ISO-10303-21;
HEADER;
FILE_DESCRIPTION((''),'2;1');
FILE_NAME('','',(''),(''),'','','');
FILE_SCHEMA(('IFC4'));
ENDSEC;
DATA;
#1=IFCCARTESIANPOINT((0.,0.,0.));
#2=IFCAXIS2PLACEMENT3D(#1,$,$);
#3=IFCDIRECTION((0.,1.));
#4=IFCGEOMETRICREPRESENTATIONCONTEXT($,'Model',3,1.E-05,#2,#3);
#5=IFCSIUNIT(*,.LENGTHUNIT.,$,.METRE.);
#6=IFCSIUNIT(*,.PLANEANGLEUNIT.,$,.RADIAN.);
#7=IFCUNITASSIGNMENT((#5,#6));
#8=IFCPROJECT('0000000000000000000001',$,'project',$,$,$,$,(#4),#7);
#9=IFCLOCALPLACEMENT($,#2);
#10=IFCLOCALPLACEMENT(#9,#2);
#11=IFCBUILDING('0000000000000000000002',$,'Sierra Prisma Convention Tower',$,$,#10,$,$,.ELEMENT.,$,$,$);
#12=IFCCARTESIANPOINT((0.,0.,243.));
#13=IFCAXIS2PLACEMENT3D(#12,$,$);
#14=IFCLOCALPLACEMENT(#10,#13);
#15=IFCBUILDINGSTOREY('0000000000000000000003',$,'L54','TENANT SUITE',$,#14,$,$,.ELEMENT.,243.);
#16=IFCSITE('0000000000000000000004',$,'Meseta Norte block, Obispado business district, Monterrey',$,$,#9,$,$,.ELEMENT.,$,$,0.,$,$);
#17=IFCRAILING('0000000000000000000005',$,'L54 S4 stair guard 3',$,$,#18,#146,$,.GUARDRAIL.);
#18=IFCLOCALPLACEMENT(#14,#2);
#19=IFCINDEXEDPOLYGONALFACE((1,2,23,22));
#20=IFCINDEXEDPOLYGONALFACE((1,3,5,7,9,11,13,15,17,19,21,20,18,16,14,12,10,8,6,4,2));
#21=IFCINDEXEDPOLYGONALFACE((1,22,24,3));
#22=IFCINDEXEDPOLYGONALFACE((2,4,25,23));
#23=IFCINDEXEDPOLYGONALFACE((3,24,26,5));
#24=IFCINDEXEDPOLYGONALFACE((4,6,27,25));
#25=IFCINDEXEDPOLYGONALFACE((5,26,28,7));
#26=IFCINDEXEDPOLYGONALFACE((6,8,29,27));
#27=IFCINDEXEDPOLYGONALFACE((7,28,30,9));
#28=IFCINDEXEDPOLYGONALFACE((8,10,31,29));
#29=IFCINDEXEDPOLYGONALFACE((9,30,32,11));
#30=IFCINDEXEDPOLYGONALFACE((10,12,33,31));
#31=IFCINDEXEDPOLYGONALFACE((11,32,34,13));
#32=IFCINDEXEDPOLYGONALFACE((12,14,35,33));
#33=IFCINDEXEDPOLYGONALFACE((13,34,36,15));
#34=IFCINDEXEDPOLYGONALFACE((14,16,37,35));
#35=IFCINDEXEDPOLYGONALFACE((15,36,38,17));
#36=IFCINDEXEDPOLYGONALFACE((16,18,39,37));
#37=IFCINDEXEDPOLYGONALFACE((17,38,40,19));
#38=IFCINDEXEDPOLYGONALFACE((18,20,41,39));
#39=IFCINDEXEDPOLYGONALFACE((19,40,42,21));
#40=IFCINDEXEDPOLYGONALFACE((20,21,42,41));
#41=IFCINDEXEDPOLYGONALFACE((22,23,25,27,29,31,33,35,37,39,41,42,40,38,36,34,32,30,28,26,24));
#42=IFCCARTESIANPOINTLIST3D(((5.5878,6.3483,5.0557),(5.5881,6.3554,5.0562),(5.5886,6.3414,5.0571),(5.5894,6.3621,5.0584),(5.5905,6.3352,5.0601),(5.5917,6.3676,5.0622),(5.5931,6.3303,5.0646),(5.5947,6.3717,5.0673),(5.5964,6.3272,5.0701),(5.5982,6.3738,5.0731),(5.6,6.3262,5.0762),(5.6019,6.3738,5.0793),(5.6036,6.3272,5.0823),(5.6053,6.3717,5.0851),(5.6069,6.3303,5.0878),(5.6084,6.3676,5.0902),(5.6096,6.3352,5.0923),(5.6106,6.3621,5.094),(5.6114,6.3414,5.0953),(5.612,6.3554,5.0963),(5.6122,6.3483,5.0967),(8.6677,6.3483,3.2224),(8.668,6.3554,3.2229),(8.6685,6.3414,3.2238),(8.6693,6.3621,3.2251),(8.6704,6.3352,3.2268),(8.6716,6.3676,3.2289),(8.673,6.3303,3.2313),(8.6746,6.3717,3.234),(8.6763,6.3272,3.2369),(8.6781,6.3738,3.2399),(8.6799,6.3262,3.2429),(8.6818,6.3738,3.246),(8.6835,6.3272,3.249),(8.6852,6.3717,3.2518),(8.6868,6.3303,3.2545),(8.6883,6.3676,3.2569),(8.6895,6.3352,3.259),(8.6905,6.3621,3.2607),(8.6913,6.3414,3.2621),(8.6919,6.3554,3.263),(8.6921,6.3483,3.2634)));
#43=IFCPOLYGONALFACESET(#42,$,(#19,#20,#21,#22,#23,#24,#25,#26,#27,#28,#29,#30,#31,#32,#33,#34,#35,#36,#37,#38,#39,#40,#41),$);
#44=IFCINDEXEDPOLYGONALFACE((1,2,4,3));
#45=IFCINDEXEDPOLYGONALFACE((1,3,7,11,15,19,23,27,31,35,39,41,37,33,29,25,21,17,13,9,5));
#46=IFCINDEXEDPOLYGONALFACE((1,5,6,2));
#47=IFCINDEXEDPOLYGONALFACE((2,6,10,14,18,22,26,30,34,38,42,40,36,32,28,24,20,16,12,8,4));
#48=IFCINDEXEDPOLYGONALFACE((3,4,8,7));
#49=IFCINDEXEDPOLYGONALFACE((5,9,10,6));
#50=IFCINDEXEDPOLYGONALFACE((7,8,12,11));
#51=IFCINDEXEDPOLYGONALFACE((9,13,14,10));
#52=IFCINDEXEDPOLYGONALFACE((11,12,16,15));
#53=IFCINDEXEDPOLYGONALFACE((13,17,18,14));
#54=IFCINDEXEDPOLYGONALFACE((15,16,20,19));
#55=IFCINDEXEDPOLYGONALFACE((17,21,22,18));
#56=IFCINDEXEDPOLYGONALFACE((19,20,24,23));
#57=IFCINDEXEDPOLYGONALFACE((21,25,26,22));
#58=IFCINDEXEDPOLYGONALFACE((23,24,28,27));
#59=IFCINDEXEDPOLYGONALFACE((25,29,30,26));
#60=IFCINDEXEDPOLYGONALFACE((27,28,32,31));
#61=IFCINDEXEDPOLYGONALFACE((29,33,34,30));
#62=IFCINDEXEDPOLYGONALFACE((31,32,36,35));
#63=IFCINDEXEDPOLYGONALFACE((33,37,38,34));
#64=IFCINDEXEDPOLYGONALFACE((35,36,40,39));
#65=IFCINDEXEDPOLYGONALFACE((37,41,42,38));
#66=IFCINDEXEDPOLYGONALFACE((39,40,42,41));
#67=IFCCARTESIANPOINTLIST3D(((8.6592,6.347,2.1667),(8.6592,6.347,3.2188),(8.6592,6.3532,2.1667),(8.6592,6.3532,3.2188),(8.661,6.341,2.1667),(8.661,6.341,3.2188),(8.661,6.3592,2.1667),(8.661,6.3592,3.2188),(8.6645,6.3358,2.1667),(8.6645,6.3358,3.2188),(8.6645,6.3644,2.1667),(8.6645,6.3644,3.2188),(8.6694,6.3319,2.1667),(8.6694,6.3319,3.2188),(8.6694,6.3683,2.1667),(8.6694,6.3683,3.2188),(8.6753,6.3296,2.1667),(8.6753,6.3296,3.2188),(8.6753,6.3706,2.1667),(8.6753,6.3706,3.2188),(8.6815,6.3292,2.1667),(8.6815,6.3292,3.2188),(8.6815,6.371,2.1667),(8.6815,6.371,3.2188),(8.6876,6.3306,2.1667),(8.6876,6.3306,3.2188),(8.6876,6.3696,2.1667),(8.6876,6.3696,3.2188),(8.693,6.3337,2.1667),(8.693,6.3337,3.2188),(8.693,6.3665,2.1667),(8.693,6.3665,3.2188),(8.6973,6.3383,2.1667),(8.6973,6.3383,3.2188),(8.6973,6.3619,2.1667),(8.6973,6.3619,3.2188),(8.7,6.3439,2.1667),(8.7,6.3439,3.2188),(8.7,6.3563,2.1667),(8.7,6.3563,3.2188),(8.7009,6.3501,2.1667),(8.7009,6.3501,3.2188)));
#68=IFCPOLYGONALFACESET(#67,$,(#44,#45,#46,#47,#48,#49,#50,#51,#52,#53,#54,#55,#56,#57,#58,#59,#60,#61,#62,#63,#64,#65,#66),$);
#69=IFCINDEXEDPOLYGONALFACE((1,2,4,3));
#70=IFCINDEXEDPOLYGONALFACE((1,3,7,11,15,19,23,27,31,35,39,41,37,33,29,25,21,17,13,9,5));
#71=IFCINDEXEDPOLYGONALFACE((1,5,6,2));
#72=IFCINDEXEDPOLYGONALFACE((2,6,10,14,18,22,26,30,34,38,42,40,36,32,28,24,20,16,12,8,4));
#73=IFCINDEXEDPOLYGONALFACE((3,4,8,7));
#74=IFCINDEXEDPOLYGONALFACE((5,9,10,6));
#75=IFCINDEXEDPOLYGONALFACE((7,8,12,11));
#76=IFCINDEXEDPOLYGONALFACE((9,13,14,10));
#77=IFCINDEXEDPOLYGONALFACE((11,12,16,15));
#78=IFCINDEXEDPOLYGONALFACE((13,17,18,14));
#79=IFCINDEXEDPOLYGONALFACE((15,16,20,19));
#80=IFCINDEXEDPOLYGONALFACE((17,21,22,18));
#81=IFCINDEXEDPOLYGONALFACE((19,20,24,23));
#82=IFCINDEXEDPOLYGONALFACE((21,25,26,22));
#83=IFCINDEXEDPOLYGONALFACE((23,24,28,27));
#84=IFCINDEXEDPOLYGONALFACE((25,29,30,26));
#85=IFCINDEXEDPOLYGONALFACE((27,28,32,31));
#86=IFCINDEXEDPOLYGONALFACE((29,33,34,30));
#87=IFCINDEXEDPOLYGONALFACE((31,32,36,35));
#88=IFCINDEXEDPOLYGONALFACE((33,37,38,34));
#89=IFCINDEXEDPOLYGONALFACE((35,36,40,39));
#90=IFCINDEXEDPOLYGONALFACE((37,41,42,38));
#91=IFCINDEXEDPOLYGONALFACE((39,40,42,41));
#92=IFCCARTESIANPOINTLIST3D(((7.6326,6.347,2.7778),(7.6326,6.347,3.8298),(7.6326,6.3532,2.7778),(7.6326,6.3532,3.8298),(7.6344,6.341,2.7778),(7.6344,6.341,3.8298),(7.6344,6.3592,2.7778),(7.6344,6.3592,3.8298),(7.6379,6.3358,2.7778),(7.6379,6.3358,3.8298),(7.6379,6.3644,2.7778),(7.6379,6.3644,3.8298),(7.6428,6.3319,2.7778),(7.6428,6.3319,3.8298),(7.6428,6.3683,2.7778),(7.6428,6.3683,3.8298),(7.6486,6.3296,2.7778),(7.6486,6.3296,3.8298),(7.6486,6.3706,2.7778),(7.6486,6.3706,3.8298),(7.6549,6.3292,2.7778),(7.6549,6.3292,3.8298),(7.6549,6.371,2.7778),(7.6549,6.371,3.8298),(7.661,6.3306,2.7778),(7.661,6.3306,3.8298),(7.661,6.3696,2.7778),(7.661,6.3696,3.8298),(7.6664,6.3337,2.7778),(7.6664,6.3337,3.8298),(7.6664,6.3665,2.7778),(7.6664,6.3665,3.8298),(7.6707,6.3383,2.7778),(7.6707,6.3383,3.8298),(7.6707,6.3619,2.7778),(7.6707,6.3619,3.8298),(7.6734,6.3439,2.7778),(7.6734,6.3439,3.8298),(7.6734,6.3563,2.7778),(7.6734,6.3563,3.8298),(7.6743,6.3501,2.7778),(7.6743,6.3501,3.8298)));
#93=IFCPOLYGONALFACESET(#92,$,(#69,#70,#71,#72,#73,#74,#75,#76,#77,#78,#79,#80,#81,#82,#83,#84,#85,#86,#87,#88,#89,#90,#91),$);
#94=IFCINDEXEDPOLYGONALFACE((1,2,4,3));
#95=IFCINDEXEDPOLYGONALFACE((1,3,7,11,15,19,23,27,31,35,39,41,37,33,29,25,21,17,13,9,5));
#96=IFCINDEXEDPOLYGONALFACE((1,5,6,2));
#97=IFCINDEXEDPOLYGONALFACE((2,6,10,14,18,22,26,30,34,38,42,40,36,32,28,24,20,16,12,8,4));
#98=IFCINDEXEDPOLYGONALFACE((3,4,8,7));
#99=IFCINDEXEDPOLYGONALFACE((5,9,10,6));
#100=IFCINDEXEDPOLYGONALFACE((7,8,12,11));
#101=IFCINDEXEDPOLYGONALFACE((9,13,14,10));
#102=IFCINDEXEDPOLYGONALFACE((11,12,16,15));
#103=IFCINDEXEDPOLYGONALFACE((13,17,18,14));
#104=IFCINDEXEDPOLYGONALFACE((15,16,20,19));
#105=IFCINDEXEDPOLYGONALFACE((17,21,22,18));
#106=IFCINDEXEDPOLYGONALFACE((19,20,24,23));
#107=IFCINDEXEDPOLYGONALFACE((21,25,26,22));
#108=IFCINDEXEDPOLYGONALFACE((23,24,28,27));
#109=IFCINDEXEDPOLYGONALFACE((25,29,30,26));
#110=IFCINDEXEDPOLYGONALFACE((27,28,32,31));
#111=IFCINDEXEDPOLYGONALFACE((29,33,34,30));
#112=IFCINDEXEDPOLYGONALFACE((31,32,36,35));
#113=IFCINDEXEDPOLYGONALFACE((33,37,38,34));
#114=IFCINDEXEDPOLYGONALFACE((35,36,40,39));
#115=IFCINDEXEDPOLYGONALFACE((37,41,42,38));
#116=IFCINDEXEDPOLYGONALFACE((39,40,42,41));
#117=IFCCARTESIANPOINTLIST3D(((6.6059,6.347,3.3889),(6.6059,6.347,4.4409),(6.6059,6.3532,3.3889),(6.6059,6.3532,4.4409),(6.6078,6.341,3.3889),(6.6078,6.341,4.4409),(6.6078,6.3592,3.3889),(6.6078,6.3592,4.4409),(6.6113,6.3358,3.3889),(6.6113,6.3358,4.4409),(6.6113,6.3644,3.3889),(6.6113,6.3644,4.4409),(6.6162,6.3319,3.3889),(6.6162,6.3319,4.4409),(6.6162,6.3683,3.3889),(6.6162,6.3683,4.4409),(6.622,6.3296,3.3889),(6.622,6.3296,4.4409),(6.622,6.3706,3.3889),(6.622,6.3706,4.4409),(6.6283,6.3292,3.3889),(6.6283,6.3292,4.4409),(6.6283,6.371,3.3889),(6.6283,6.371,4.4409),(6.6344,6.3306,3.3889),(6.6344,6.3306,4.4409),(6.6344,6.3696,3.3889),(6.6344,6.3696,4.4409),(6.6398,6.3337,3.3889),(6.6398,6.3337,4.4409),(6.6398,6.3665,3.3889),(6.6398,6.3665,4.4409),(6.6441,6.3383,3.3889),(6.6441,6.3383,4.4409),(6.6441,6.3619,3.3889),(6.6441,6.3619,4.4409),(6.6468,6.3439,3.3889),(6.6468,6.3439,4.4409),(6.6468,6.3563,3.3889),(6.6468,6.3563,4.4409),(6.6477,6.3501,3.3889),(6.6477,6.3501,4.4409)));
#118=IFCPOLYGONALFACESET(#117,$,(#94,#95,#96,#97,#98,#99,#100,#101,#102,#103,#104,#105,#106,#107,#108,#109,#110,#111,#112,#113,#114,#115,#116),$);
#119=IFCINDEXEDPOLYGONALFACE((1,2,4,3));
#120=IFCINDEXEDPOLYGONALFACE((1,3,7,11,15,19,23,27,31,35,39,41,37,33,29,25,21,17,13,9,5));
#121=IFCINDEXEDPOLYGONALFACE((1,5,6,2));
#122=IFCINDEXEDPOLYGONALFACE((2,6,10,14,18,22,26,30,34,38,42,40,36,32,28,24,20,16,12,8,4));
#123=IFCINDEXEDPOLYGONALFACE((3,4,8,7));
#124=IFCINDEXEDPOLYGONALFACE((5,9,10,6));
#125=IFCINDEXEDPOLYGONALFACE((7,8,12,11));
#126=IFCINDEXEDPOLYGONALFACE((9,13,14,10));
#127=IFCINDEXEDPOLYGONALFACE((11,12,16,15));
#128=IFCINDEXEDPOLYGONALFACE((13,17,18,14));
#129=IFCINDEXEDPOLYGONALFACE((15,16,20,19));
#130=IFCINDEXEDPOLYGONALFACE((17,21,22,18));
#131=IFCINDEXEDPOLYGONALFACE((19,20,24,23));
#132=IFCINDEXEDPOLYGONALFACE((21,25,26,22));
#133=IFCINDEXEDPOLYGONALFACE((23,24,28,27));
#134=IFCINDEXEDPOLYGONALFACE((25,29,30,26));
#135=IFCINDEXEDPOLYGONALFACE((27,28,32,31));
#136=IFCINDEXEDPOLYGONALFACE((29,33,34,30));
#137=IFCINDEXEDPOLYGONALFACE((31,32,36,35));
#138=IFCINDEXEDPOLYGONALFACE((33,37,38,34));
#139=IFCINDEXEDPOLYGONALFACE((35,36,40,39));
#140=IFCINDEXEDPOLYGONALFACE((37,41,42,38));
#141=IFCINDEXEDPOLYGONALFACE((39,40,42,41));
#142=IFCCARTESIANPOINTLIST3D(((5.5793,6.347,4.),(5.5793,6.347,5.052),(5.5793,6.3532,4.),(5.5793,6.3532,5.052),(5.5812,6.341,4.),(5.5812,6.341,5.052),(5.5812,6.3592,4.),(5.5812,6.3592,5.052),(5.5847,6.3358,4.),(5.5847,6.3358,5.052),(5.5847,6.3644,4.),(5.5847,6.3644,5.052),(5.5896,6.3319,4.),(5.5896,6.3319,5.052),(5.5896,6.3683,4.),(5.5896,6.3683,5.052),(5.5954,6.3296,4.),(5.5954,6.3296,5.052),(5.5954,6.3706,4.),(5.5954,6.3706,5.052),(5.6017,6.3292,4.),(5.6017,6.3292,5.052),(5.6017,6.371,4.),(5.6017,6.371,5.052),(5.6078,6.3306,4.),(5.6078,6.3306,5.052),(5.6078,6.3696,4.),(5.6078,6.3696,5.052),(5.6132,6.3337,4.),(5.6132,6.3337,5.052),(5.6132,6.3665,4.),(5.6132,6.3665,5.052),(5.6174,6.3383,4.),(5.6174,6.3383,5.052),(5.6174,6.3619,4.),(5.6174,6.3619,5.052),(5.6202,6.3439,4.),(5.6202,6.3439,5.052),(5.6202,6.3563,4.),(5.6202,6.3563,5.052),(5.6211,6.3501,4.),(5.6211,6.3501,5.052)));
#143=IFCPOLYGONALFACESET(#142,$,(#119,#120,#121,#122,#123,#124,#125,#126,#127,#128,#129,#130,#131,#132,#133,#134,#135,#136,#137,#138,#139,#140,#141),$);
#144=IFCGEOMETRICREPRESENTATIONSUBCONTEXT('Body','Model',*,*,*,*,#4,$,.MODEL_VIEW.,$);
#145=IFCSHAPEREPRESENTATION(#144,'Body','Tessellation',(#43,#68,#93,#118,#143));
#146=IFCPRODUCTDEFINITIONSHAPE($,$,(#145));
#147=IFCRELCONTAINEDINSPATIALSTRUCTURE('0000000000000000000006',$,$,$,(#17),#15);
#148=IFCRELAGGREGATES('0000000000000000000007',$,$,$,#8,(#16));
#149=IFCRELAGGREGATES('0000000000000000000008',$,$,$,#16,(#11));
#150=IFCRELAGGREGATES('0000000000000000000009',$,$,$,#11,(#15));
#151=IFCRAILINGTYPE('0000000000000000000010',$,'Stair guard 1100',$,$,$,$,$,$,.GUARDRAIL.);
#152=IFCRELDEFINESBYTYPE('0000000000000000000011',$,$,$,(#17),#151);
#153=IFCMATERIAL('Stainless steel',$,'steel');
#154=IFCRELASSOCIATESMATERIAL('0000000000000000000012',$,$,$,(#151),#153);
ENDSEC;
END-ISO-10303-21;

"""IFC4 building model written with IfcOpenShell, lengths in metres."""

from ifc_helpers import new_model, si_unit, direction, frame, origin, origin_2d, place, context, subcontext, project, spatial, circle, extrude, material, type_object, element, save


model = new_model("IFC4")

# Units and contexts
model_context = context("Model", 3, precision=1e-05, world=origin(), true_north=direction((0.0, 1.0)))
body_context = subcontext(model_context, "Body", "Model", "MODEL_VIEW")
ifc_project = project(units=[si_unit("LENGTHUNIT", "METRE"), si_unit("PLANEANGLEUNIT", "RADIAN")], contexts=[model_context])

# Site, building, storey
site_placement = place(None, origin())
site = spatial("IfcSite", under=ifc_project, at=site_placement, Name="Meseta Norte block, Obispado business district, Monterrey", CompositionType="ELEMENT", RefElevation=0.0)
building_placement = place(site_placement, origin())
building = spatial("IfcBuilding", under=site, at=building_placement, Name="Sierra Prisma Convention Tower", CompositionType="ELEMENT")
storey_placement = place(building_placement, frame((0.0, 0.0, 243.0)))
storey = spatial("IfcBuildingStorey", under=building, at=storey_placement, Name="L54", Description="TENANT SUITE", CompositionType="ELEMENT", Elevation=243.0)

# Railing
ifc_material_1 = material(Name="Stainless steel", Category="steel")
railing_type_1 = type_object("IfcRailingType", Name="Stair guard 1100", PredefinedType="GUARDRAIL", material=ifc_material_1)
railing_1_placement = place(storey_placement, frame((8.6799, 6.3501, 2.1667)))
element("IfcRailing", 1, at=railing_1_placement, inside=storey, type_object=railing_type_1, Name="L54 S4 stair guard 3", PredefinedType="GUARDRAIL", context=body_context, shape_type="SweptSolid", body=[
    extrude(circle(Radius=0.0239, at=origin_2d()), frame((0.0, 0.0, 1.0762), z_axis=(-0.859291, 0.0, 0.511487), x_axis=(0.0, -1.0, 0.0)), (0.0, 0.0, 1.0), 3.5842),
    extrude(circle(Radius=0.021, at=origin_2d()), origin(), (0.0, 0.0, 1.0), 1.052),
    extrude(circle(Radius=0.021, at=origin_2d()), frame((-1.0266, 0.0, 0.6111)), (0.0, 0.0, 1.0), 1.052),
    extrude(circle(Radius=0.021, at=origin_2d()), frame((-2.0532, 0.0, 1.2222)), (0.0, 0.0, 1.0), 1.052),
    extrude(circle(Radius=0.021, at=origin_2d()), frame((-3.0798, 0.0, 1.8333)), (0.0, 0.0, 1.0), 1.052),
])

save(model, "model.ifc")
